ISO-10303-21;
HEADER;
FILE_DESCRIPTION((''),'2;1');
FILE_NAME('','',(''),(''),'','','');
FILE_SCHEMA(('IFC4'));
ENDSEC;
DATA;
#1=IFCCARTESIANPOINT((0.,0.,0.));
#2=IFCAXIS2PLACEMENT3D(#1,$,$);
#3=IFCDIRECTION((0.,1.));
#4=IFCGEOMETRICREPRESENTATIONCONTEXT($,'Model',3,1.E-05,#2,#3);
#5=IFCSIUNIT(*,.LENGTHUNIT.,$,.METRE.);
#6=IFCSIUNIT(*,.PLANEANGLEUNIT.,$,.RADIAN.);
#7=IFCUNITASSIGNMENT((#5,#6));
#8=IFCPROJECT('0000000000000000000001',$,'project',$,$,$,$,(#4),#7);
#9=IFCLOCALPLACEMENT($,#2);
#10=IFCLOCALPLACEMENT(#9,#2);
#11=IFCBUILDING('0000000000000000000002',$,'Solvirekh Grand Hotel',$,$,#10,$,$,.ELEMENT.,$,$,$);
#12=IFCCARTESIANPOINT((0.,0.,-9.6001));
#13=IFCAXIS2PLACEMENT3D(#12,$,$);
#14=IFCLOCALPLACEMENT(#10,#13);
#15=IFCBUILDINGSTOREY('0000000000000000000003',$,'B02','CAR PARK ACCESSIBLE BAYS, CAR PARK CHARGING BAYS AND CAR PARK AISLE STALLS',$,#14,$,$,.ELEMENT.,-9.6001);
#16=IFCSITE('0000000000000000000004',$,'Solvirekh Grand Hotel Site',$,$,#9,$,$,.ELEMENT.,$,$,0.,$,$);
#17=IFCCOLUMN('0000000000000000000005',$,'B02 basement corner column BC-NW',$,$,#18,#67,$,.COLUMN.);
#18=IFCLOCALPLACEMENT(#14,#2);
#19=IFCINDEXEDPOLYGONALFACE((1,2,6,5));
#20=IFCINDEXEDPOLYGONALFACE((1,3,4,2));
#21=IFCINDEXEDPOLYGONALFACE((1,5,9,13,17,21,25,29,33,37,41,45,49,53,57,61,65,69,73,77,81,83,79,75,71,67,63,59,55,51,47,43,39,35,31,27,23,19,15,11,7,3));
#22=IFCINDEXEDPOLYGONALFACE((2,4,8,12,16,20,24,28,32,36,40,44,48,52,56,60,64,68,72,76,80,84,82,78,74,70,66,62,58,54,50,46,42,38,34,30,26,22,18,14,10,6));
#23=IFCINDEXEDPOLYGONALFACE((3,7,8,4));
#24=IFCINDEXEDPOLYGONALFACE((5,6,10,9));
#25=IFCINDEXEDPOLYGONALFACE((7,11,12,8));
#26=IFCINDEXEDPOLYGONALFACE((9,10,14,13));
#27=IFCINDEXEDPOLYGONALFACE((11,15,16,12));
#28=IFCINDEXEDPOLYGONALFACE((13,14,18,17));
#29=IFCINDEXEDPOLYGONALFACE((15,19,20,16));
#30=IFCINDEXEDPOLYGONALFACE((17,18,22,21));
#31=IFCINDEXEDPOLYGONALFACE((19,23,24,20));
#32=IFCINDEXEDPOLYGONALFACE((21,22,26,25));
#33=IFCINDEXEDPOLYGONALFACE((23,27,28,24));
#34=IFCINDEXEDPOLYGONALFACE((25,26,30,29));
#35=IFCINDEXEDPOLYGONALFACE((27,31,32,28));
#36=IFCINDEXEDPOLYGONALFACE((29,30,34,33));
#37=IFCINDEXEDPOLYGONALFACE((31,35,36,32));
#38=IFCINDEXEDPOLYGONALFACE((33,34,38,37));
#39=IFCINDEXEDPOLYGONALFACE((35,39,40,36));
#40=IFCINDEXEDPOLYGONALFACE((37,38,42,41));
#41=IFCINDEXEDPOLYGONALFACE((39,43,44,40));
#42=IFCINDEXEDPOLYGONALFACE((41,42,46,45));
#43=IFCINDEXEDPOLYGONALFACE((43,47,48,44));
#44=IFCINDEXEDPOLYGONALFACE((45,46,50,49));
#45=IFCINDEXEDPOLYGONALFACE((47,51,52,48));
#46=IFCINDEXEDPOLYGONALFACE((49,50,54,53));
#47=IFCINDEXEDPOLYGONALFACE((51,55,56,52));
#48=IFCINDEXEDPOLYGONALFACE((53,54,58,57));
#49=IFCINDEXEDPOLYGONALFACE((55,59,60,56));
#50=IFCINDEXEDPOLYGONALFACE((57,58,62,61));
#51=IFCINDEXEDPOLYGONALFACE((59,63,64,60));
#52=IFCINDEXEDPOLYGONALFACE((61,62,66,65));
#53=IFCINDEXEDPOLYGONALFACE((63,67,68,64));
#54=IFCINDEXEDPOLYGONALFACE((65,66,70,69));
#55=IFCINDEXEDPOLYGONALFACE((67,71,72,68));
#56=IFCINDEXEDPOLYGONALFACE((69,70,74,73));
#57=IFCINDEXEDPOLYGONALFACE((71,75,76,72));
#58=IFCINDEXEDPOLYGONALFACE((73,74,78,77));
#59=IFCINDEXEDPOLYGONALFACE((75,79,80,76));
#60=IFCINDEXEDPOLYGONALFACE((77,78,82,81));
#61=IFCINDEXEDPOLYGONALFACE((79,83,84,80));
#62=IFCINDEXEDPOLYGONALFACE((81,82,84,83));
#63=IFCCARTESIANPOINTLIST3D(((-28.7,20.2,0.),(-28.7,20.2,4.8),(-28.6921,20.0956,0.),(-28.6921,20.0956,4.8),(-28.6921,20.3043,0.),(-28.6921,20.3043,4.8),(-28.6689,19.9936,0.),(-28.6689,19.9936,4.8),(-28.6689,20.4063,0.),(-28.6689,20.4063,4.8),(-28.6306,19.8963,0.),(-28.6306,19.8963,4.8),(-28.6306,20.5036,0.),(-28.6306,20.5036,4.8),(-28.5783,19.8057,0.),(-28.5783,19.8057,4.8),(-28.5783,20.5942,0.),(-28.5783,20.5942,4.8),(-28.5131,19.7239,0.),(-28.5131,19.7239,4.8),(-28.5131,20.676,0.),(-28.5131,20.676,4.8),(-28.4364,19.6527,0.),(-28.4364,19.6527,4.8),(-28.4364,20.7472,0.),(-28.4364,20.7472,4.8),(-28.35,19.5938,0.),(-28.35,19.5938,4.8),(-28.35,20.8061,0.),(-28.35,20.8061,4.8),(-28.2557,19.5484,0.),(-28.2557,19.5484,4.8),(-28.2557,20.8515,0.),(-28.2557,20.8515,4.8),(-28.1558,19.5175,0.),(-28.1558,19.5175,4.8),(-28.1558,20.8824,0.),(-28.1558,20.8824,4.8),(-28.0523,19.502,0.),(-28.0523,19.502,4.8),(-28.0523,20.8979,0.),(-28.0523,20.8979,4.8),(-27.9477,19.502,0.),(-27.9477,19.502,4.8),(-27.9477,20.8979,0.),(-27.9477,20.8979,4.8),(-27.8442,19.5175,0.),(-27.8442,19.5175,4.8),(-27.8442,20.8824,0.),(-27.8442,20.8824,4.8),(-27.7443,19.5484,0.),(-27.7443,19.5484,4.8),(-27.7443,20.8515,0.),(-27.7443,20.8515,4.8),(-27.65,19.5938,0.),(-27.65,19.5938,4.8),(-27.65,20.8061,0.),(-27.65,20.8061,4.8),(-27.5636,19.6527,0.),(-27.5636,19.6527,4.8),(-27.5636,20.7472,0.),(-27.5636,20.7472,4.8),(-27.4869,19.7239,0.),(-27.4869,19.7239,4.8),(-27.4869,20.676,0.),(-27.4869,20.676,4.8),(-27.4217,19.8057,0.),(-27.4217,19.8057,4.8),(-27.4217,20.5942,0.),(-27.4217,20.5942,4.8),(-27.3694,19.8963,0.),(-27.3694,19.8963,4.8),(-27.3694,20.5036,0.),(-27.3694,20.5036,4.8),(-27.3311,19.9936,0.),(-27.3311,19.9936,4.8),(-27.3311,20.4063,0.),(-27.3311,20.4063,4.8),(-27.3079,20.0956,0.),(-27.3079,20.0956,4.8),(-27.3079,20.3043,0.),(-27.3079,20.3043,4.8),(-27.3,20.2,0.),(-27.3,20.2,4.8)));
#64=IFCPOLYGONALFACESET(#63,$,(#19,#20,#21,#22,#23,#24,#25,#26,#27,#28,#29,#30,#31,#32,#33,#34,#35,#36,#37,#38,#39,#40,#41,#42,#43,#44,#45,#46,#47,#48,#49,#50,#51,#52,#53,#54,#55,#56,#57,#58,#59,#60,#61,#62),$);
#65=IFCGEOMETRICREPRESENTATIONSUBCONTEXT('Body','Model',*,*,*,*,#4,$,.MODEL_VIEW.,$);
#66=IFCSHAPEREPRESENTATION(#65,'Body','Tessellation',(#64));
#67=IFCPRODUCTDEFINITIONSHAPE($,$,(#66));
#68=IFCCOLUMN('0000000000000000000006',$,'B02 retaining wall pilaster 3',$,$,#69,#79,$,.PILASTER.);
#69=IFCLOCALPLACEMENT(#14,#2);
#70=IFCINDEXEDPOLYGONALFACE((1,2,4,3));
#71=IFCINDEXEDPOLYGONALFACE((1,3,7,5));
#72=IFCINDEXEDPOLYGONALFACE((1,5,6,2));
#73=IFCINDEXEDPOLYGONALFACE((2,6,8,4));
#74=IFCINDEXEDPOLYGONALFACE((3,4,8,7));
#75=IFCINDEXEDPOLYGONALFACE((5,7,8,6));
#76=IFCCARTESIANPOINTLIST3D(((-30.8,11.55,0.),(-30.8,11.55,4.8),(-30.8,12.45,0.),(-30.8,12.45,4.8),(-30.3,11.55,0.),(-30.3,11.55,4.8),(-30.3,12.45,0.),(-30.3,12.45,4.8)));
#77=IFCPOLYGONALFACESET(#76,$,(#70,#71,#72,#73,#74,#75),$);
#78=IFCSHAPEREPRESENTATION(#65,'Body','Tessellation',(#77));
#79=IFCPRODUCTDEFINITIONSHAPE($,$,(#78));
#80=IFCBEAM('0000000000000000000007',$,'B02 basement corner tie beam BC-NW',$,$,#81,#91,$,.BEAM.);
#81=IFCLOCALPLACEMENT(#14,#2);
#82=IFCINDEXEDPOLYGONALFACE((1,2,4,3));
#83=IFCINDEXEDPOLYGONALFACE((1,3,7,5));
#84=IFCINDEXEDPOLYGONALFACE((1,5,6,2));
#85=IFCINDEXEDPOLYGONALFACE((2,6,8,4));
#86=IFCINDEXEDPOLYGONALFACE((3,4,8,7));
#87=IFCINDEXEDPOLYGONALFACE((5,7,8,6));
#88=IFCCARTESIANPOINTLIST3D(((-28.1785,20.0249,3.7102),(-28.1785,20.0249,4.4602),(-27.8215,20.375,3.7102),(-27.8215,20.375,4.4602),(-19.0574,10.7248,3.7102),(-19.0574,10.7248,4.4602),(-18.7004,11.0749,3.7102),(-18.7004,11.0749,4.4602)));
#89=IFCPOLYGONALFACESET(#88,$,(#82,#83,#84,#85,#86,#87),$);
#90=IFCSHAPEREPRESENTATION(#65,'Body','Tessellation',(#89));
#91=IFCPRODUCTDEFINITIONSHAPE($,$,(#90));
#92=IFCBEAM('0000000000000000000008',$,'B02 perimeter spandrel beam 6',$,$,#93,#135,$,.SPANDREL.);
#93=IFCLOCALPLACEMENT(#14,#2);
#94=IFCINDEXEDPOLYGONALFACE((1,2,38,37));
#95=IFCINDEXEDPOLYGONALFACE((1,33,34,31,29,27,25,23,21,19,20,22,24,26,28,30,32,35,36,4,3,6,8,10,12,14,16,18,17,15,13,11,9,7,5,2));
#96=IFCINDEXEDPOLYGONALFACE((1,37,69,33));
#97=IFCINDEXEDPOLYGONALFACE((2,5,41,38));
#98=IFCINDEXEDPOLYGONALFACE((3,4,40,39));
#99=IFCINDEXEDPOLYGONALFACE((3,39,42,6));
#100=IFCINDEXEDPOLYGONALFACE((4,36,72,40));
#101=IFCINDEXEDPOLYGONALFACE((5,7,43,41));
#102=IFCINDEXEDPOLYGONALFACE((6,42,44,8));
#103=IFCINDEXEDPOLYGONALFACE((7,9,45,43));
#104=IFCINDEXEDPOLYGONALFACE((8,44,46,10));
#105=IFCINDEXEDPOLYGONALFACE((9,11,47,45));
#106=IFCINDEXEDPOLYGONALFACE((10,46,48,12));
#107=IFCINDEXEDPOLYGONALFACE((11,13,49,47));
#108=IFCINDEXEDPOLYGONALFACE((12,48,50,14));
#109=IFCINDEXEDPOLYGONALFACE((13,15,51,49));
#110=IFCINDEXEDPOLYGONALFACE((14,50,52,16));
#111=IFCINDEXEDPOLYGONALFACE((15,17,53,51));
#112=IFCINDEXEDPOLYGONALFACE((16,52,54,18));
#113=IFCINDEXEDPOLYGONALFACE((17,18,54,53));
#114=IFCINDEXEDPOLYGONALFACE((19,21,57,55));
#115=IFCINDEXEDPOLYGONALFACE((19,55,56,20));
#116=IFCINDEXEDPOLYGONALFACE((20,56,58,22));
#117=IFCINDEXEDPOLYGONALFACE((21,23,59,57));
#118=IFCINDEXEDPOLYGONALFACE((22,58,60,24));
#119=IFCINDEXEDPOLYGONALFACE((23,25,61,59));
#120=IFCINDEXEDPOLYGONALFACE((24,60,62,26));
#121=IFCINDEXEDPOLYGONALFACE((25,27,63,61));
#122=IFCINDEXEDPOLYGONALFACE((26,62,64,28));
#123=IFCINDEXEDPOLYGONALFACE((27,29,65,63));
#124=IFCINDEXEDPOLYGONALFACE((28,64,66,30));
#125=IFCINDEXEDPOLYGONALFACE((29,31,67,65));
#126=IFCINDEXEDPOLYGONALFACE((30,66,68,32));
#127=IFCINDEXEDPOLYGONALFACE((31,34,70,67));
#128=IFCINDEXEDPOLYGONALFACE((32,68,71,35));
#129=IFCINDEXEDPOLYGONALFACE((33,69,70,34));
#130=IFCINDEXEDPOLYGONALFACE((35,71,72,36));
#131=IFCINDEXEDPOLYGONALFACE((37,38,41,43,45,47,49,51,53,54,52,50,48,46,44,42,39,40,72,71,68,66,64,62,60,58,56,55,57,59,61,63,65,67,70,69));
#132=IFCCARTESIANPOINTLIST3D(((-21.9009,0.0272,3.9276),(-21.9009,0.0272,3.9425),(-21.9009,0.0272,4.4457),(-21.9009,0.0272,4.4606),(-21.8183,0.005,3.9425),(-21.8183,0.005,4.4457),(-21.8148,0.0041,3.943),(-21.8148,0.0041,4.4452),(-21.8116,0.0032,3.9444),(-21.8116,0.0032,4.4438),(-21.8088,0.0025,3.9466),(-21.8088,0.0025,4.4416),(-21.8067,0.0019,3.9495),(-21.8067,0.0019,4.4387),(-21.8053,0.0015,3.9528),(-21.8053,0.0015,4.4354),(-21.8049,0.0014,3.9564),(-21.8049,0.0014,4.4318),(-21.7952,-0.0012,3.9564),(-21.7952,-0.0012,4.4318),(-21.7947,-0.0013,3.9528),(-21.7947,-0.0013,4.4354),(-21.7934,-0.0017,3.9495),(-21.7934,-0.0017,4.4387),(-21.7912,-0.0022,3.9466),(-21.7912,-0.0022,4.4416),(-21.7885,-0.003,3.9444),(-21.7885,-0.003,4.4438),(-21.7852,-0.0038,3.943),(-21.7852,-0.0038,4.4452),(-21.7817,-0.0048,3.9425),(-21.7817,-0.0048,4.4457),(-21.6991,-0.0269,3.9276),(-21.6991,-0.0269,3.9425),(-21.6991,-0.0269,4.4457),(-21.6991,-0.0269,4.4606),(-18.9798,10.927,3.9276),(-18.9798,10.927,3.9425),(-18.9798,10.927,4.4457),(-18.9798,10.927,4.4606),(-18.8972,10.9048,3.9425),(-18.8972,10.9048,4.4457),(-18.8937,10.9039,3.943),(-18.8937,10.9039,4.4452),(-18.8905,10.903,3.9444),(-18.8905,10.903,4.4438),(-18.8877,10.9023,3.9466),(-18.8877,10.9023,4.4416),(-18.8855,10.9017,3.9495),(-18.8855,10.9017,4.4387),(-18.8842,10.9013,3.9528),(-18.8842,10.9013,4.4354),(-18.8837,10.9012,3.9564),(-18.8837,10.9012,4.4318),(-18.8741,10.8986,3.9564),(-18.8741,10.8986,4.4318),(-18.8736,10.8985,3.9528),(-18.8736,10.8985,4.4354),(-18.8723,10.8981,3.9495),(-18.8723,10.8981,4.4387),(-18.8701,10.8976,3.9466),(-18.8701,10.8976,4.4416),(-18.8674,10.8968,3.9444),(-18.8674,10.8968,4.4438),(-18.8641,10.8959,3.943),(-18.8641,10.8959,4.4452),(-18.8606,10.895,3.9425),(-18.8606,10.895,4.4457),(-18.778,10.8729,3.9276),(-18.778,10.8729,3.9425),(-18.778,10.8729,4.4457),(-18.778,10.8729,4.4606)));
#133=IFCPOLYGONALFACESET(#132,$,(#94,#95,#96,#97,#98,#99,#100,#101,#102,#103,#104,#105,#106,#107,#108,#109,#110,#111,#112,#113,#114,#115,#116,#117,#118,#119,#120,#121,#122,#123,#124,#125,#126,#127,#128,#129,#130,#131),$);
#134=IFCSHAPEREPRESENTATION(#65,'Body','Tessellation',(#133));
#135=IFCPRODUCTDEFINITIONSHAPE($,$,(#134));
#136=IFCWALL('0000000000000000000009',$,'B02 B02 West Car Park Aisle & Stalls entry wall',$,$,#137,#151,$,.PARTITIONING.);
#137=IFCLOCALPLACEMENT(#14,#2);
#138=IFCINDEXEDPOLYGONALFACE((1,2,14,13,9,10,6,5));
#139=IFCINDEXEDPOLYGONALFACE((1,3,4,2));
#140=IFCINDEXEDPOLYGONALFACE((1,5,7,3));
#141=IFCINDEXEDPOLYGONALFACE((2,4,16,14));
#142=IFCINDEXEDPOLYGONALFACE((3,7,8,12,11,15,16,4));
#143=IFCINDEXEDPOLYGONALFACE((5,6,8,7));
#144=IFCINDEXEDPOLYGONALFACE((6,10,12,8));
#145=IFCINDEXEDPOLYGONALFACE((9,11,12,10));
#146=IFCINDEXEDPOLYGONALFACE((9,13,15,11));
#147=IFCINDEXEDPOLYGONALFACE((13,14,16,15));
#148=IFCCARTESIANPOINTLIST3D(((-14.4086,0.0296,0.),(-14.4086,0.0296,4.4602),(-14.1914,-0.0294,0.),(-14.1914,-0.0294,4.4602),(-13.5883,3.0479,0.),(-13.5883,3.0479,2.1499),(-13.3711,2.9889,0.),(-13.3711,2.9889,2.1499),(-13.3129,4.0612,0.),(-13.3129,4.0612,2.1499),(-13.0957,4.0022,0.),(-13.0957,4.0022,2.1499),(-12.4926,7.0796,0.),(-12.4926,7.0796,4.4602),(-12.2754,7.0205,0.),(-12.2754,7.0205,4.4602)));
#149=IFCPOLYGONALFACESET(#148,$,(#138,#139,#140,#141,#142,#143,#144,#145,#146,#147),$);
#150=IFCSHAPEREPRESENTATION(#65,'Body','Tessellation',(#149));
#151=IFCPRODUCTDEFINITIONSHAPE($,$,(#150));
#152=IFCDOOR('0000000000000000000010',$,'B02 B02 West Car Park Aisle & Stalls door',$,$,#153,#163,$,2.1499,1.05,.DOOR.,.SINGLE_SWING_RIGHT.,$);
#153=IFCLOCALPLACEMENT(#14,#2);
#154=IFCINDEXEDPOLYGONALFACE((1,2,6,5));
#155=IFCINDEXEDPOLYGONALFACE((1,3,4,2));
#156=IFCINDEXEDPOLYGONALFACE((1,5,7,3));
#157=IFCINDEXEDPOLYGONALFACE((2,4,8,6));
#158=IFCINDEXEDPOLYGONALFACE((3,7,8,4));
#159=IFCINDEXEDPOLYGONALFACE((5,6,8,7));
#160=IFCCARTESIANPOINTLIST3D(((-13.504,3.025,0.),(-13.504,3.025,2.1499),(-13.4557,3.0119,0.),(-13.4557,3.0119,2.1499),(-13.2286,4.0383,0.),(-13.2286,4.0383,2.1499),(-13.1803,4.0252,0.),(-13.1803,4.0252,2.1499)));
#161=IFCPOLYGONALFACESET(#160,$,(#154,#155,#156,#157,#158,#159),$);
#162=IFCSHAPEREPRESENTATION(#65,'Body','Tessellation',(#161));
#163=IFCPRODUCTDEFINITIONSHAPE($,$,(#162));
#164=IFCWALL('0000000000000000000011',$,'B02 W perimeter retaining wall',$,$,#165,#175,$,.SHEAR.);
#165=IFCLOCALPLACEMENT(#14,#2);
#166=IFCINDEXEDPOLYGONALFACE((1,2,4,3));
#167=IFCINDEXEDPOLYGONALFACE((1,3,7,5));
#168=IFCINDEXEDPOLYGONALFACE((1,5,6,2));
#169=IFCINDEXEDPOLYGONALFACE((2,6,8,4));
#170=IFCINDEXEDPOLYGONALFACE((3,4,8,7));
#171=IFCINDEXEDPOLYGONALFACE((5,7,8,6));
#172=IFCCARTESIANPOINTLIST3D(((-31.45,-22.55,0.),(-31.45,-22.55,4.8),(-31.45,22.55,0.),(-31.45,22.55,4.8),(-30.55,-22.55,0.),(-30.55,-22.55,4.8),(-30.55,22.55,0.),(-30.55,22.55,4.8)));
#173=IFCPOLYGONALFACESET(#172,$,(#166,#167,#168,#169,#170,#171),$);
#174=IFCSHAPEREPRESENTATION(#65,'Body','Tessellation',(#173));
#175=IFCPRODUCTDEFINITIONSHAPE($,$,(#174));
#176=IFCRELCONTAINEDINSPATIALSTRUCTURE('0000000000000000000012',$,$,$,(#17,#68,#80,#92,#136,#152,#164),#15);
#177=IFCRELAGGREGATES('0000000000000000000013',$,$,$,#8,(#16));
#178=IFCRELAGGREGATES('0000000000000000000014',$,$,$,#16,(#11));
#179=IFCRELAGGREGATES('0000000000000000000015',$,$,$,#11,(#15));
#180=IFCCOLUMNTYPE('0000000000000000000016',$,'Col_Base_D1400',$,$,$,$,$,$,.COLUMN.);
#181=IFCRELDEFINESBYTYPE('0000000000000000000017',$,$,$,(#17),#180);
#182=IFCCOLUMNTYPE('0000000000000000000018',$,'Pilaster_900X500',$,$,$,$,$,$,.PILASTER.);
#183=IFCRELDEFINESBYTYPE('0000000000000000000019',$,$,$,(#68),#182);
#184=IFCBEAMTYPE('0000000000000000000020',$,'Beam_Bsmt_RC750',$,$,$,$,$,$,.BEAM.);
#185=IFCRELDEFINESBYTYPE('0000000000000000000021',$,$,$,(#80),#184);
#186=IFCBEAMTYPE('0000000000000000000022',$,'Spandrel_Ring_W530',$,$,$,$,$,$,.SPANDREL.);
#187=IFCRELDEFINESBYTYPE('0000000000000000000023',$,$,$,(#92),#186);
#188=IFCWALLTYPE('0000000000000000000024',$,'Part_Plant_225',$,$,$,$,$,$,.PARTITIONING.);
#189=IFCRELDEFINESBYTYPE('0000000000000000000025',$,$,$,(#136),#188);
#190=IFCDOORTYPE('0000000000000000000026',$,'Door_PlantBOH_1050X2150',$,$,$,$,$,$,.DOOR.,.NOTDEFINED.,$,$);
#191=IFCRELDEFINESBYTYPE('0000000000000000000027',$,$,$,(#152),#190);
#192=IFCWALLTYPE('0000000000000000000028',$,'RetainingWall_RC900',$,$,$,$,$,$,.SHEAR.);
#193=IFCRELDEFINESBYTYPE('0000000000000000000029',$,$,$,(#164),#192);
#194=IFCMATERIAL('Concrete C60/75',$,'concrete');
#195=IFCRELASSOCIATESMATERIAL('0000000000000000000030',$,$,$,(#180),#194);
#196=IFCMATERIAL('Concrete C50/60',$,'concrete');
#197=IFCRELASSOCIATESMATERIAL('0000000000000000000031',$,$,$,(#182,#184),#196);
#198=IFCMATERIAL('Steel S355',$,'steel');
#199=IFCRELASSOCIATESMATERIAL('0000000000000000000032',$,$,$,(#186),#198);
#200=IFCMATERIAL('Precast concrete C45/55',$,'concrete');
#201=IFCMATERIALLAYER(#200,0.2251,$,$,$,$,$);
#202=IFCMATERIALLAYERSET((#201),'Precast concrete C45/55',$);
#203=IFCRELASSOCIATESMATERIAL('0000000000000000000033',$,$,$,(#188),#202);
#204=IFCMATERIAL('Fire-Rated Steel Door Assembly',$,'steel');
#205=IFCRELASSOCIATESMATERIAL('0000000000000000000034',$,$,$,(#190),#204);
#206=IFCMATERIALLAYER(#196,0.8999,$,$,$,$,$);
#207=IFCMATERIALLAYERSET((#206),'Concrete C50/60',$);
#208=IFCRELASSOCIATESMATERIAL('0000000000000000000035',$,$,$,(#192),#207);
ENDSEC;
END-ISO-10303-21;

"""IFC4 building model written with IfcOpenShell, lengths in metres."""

from ifc_helpers import new_model, si_unit, direction, frame, frame_2d, origin, origin_2d, place, context, subcontext, project, spatial, rectangle, circle, i_section, extrude, material, layer, layer_set, material_profile, profile_set, type_object, element, fill, save


model = new_model("IFC4")

# Units and contexts
model_context = context("Model", 3, precision=1e-05, world=origin(), true_north=direction((0.0, 1.0)))
body_context = subcontext(model_context, "Body", "Model", "MODEL_VIEW")
ifc_project = project(units=[si_unit("LENGTHUNIT", "METRE"), si_unit("PLANEANGLEUNIT", "RADIAN")], contexts=[model_context])

# Site, building, storey
site_placement = place(None, origin())
site = spatial("IfcSite", under=ifc_project, at=site_placement, Name="Solvirekh Grand Hotel Site", CompositionType="ELEMENT", RefElevation=0.0)
building_placement = place(site_placement, origin())
building = spatial("IfcBuilding", under=site, at=building_placement, Name="Solvirekh Grand Hotel", CompositionType="ELEMENT")
storey_placement = place(building_placement, frame((0.0, 0.0, -9.6001)))
storey = spatial("IfcBuildingStorey", under=building, at=storey_placement, Name="B02", Description="CAR PARK ACCESSIBLE BAYS, CAR PARK CHARGING BAYS AND CAR PARK AISLE STALLS", CompositionType="ELEMENT", Elevation=-9.6001)

# Shared definitions
ifc_material_1 = material(Name="Concrete C50/60", Category="concrete")

# Columns
ifc_material_2 = material(Name="Concrete C60/75", Category="concrete")
ifc_material_profile_1 = material_profile(ifc_material_2, circle(Radius=0.7, at=origin_2d()), Name="RC CIRC D1400")
ifc_profile_set_1 = profile_set([ifc_material_profile_1], Name="Concrete C60/75")
column_type_1 = type_object("IfcColumnType", Name="Col_Base_D1400", PredefinedType="COLUMN", material=ifc_profile_set_1)
for number, where, z_axis, x_axis, name in (
    (1, (-28.0, 20.2, 0.0), (0.0, 0.0, 1.0), (1.0, 0.0, 0.0), "B02 basement corner column BC-NW"),
):
    element("IfcColumn", number, at=place(storey_placement, frame(where, z_axis=z_axis, x_axis=x_axis)), inside=storey, type_object=column_type_1, Name=name, PredefinedType="COLUMN", context=body_context, shape_type="SweptSolid", body=[
        extrude(circle(Radius=0.7, at=origin_2d()), origin(), (0.0, 0.0, 1.0), 4.8),
    ])
ifc_material_profile_2 = material_profile(ifc_material_1, rectangle(XDim=0.5, YDim=0.8999, at=origin_2d()), Name="RC PILASTER 900X500")
ifc_profile_set_2 = profile_set([ifc_material_profile_2], Name="Concrete C50/60")
column_type_2 = type_object("IfcColumnType", Name="Pilaster_900X500", PredefinedType="PILASTER", material=ifc_profile_set_2)
column_placement = place(storey_placement, frame((-30.55, 12.0, 0.0), z_axis=(0.0, 0.0, 1.0), x_axis=(1.0, 0.0, 0.0)))
element("IfcColumn", 2, at=column_placement, inside=storey, type_object=column_type_2, Name="B02 retaining wall pilaster 3", PredefinedType="PILASTER", context=body_context, shape_type="SweptSolid", body=[
    extrude(rectangle(XDim=0.5, YDim=0.8999, at=origin_2d()), origin(), (0.0, 0.0, 1.0), 4.8),
])

# Beams
ifc_material_profile_3 = material_profile(ifc_material_1, rectangle(XDim=0.5, YDim=0.75, at=origin_2d()), Name="RC BEAM 500X750")
ifc_profile_set_3 = profile_set([ifc_material_profile_3], Name="Concrete C50/60")
beam_type_1 = type_object("IfcBeamType", Name="Beam_Bsmt_RC750", PredefinedType="BEAM", material=ifc_profile_set_3)
beam_1_placement = place(storey_placement, frame((-28.0, 20.2, 4.0852), z_axis=(0.700204, -0.713942, 0.0), x_axis=(0.713942, 0.700204, 0.0)))
element("IfcBeam", 3, at=beam_1_placement, inside=storey, type_object=beam_type_1, Name="B02 basement corner tie beam BC-NW", PredefinedType="BEAM", context=body_context, shape_type="SweptSolid", body=[
    extrude(rectangle(XDim=0.5, YDim=0.75, at=origin_2d()), origin(), (0.0, 0.0, 1.0), 13.0264),
])
ifc_material_3 = material(Name="Steel S355", Category="steel")
ifc_material_profile_4 = material_profile(ifc_material_3, i_section(OverallWidth=0.209, OverallDepth=0.533, WebThickness=0.01, FlangeThickness=0.0149, FilletRadius=0.0139, at=origin_2d()), Name="W530X92")
ifc_profile_set_4 = profile_set([ifc_material_profile_4], Name="Steel S355")
beam_type_2 = type_object("IfcBeamType", Name="Spandrel_Ring_W530", PredefinedType="SPANDREL", material=ifc_profile_set_4)
beam_2_placement = place(storey_placement, frame((-18.8789, 10.8999, 4.1941), z_axis=(-0.258862, -0.965914, 0.0), x_axis=(0.965914, -0.258862, 0.0)))
element("IfcBeam", 4, at=beam_2_placement, inside=storey, type_object=beam_type_2, Name="B02 perimeter spandrel beam 6", PredefinedType="SPANDREL", context=body_context, shape_type="SweptSolid", body=[
    extrude(i_section(OverallWidth=0.209, OverallDepth=0.533, WebThickness=0.01, FlangeThickness=0.0149, FilletRadius=0.0139, at=origin_2d()), origin(), (0.0, 0.0, 1.0), 11.2844),
])

# Wall, opening, door
ifc_material_4 = material(Name="Precast concrete C45/55", Category="concrete")
ifc_layer_1 = layer(ifc_material_4, 0.2251)
ifc_layer_set_1 = layer_set([ifc_layer_1], Name="Precast concrete C45/55")
wall_type_1 = type_object("IfcWallType", Name="Part_Plant_225", PredefinedType="PARTITIONING", material=ifc_layer_set_1)
wall_1_placement = place(storey_placement, frame((-12.384, 7.05, 0.0), z_axis=(0.0, 0.0, 1.0), x_axis=(-0.262261, -0.964997, 0.0)))
wall_1 = element("IfcWall", 5, at=wall_1_placement, inside=storey, type_object=wall_type_1, Name="B02 B02 West Car Park Aisle & Stalls entry wall", PredefinedType="PARTITIONING", context=body_context, shape_type="SweptSolid", body=[
    extrude(rectangle(XDim=7.3057, YDim=0.2251, at=frame_2d((3.6528, 0.0))), origin(), (0.0, 0.0, 1.0), 4.4602),
])
opening_placement = place(wall_1_placement, frame((3.1279, 0.0, 0.0)))
opening = element("IfcOpeningElement", 6, at=opening_placement, cuts=wall_1, PredefinedType="OPENING", context=body_context, shape_type="SweptSolid", body=[
    extrude(rectangle(XDim=1.05, YDim=2.1499, at=frame_2d((0.5249, 1.075))), frame((0.0, 0.1226, 0.0), z_axis=(0.0, -1.0, 0.0), x_axis=(1.0, 0.0, 0.0)), (0.0, 0.0, 1.0), 0.2451),
])
ifc_material_5 = material(Name="Fire-Rated Steel Door Assembly", Category="steel")
door_type = type_object("IfcDoorType", Name="Door_PlantBOH_1050X2150", OperationType="NOTDEFINED", PredefinedType="DOOR", material=ifc_material_5)
door_placement = place(opening_placement, origin())
door = element("IfcDoor", 7, at=door_placement, inside=storey, type_object=door_type, Name="B02 B02 West Car Park Aisle & Stalls door", OperationType="SINGLE_SWING_RIGHT", OverallHeight=2.1499, OverallWidth=1.05, PredefinedType="DOOR", context=body_context, shape_type="SweptSolid", body=[
    extrude(rectangle(XDim=1.05, YDim=2.1499, at=frame_2d((0.5249, 1.075))), frame((0.0, 0.0249, 0.0), z_axis=(0.0, -1.0, 0.0), x_axis=(1.0, 0.0, 0.0)), (0.0, 0.0, 1.0), 0.05),
])
fill(opening, door)

# Wall
ifc_layer_2 = layer(ifc_material_1, 0.8999)
ifc_layer_set_2 = layer_set([ifc_layer_2], Name="Concrete C50/60")
wall_type_2 = type_object("IfcWallType", Name="RetainingWall_RC900", PredefinedType="SHEAR", material=ifc_layer_set_2)
wall_2_placement = place(storey_placement, frame((-31.0, 22.55, 0.0), z_axis=(0.0, 0.0, 1.0), x_axis=(0.0, -1.0, 0.0)))
element("IfcWall", 8, at=wall_2_placement, inside=storey, type_object=wall_type_2, Name="B02 W perimeter retaining wall", PredefinedType="SHEAR", context=body_context, shape_type="SweptSolid", body=[
    extrude(rectangle(XDim=45.1001, YDim=0.8999, at=frame_2d((22.55, 0.0))), origin(), (0.0, 0.0, 1.0), 4.8),
])

save(model, "model.ifc")
